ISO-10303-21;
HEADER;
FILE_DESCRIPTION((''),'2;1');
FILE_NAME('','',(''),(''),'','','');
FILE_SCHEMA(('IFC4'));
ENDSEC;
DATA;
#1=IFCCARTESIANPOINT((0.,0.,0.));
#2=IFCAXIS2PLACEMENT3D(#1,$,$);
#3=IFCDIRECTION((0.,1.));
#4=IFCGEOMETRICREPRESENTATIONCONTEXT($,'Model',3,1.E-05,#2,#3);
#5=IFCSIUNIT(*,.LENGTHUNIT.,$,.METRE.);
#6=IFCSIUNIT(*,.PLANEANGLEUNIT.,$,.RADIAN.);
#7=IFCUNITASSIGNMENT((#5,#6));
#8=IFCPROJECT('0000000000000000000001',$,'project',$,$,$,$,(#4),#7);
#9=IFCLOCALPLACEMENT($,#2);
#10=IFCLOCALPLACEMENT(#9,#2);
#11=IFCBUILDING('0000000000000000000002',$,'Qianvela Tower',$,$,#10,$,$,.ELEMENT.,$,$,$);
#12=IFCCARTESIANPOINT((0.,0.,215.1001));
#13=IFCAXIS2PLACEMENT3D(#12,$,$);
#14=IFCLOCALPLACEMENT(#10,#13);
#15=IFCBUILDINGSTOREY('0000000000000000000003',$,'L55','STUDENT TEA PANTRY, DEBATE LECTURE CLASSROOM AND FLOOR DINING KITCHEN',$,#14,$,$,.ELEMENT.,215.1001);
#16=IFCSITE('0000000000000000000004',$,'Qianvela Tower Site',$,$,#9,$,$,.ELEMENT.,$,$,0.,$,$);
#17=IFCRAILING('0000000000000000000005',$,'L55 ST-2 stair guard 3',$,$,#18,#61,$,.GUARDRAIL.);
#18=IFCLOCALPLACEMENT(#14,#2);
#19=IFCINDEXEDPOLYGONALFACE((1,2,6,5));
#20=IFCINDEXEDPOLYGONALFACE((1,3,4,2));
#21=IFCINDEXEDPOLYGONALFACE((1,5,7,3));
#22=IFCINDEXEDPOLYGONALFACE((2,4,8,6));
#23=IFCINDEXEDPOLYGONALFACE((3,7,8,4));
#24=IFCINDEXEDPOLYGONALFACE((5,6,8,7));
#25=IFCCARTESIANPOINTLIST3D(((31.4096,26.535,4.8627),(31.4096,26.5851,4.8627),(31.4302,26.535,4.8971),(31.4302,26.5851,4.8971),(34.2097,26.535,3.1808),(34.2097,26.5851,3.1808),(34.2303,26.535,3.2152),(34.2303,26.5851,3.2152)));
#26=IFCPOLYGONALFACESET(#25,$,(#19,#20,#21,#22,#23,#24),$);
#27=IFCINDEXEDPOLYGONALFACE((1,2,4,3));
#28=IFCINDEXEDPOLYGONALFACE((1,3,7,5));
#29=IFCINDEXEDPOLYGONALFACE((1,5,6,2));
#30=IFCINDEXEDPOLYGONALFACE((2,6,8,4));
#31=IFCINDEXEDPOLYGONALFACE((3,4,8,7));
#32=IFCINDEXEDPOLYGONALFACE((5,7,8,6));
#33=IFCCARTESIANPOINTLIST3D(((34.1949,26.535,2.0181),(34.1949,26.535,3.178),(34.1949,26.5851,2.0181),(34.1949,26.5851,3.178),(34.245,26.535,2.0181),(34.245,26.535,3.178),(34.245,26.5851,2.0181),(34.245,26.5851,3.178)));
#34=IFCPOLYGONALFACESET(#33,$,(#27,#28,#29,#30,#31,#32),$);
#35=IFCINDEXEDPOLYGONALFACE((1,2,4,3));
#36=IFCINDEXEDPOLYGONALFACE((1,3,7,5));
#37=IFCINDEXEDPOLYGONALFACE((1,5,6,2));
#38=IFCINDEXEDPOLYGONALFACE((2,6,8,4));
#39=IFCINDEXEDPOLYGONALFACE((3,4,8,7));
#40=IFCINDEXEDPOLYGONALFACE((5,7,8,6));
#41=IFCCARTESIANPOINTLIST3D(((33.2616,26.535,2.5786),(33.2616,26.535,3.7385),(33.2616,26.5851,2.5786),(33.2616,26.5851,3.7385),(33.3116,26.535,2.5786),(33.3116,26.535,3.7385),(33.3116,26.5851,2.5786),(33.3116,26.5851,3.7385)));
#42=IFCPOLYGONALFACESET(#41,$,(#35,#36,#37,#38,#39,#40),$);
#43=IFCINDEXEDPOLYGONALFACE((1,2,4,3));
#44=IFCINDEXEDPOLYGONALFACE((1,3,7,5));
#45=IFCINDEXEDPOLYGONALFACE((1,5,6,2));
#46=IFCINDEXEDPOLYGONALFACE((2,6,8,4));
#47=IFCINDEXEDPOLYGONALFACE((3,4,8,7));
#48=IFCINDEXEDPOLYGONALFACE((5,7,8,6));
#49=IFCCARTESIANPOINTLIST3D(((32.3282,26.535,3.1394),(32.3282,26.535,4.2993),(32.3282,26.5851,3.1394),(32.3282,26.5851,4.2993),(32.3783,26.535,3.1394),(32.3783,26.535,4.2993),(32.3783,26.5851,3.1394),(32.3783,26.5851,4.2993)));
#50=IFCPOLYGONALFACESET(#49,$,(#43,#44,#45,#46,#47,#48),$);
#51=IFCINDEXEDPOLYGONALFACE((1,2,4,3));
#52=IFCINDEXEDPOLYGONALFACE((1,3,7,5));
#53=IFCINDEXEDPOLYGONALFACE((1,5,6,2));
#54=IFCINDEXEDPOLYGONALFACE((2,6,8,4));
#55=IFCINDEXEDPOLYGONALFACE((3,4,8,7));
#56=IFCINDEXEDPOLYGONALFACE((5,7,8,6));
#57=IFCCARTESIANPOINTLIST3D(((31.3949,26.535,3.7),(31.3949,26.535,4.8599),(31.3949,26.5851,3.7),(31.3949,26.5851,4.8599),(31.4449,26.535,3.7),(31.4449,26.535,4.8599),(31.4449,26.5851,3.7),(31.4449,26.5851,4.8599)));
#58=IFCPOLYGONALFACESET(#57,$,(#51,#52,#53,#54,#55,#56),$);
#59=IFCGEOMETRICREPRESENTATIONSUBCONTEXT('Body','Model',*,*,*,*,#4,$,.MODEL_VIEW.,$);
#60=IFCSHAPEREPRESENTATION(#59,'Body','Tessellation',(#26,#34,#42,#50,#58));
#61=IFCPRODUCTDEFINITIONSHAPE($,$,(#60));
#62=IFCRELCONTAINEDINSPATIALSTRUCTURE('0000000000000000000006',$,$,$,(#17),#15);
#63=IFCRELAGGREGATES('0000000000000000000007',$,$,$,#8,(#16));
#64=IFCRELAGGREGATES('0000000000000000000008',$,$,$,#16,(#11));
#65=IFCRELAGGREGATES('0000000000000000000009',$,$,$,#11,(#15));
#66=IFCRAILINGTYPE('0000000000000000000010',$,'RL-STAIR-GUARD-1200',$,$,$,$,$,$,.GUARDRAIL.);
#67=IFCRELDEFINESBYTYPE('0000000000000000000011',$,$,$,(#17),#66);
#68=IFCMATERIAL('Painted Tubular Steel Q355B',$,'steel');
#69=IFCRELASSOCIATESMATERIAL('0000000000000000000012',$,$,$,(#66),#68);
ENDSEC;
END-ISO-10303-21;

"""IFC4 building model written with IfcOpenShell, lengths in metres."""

from ifc_helpers import new_model, si_unit, direction, frame, origin, origin_2d, place, context, subcontext, project, spatial, rectangle, extrude, material, type_object, element, save


model = new_model("IFC4")

# Units and contexts
model_context = context("Model", 3, precision=1e-05, world=origin(), true_north=direction((0.0, 1.0)))
body_context = subcontext(model_context, "Body", "Model", "MODEL_VIEW")
ifc_project = project(units=[si_unit("LENGTHUNIT", "METRE"), si_unit("PLANEANGLEUNIT", "RADIAN")], contexts=[model_context])

# Site, building, storey
site_placement = place(None, origin())
site = spatial("IfcSite", under=ifc_project, at=site_placement, Name="Qianvela Tower Site", CompositionType="ELEMENT", RefElevation=0.0)
building_placement = place(site_placement, origin())
building = spatial("IfcBuilding", under=site, at=building_placement, Name="Qianvela Tower", CompositionType="ELEMENT")
storey_placement = place(building_placement, frame((0.0, 0.0, 215.1001)))
storey = spatial("IfcBuildingStorey", under=building, at=storey_placement, Name="L55", Description="STUDENT TEA PANTRY, DEBATE LECTURE CLASSROOM AND FLOOR DINING KITCHEN", CompositionType="ELEMENT", Elevation=215.1001)

# Railing
ifc_material_1 = material(Name="Painted Tubular Steel Q355B", Category="steel")
railing_type = type_object("IfcRailingType", Name="RL-STAIR-GUARD-1200", PredefinedType="GUARDRAIL", material=ifc_material_1)
railing_1_placement = place(storey_placement, frame((34.22, 26.5601, 2.0181)))
element("IfcRailing", 1, at=railing_1_placement, inside=storey, type_object=railing_type, Name="L55 ST-2 stair guard 3", PredefinedType="GUARDRAIL", context=body_context, shape_type="SweptSolid", body=[
    extrude(rectangle(XDim=0.05, YDim=0.04, at=origin_2d()), frame((0.0, 0.0, 1.1799), z_axis=(-0.857242, 0.0, 0.514913), x_axis=(0.0, -1.0, 0.0)), (0.0, 0.0, 1.0), 3.2664),
    extrude(rectangle(XDim=0.05, YDim=0.05, at=origin_2d()), origin(), (0.0, 0.0, 1.0), 1.1599),
    extrude(rectangle(XDim=0.05, YDim=0.05, at=origin_2d()), frame((-0.9333, 0.0, 0.5605)), (0.0, 0.0, 1.0), 1.1599),
    extrude(rectangle(XDim=0.05, YDim=0.05, at=origin_2d()), frame((-1.8667, 0.0, 1.1213)), (0.0, 0.0, 1.0), 1.1599),
    extrude(rectangle(XDim=0.05, YDim=0.05, at=origin_2d()), frame((-2.8, 0.0, 1.6819)), (0.0, 0.0, 1.0), 1.1599),
])

save(model, "model.ifc")
